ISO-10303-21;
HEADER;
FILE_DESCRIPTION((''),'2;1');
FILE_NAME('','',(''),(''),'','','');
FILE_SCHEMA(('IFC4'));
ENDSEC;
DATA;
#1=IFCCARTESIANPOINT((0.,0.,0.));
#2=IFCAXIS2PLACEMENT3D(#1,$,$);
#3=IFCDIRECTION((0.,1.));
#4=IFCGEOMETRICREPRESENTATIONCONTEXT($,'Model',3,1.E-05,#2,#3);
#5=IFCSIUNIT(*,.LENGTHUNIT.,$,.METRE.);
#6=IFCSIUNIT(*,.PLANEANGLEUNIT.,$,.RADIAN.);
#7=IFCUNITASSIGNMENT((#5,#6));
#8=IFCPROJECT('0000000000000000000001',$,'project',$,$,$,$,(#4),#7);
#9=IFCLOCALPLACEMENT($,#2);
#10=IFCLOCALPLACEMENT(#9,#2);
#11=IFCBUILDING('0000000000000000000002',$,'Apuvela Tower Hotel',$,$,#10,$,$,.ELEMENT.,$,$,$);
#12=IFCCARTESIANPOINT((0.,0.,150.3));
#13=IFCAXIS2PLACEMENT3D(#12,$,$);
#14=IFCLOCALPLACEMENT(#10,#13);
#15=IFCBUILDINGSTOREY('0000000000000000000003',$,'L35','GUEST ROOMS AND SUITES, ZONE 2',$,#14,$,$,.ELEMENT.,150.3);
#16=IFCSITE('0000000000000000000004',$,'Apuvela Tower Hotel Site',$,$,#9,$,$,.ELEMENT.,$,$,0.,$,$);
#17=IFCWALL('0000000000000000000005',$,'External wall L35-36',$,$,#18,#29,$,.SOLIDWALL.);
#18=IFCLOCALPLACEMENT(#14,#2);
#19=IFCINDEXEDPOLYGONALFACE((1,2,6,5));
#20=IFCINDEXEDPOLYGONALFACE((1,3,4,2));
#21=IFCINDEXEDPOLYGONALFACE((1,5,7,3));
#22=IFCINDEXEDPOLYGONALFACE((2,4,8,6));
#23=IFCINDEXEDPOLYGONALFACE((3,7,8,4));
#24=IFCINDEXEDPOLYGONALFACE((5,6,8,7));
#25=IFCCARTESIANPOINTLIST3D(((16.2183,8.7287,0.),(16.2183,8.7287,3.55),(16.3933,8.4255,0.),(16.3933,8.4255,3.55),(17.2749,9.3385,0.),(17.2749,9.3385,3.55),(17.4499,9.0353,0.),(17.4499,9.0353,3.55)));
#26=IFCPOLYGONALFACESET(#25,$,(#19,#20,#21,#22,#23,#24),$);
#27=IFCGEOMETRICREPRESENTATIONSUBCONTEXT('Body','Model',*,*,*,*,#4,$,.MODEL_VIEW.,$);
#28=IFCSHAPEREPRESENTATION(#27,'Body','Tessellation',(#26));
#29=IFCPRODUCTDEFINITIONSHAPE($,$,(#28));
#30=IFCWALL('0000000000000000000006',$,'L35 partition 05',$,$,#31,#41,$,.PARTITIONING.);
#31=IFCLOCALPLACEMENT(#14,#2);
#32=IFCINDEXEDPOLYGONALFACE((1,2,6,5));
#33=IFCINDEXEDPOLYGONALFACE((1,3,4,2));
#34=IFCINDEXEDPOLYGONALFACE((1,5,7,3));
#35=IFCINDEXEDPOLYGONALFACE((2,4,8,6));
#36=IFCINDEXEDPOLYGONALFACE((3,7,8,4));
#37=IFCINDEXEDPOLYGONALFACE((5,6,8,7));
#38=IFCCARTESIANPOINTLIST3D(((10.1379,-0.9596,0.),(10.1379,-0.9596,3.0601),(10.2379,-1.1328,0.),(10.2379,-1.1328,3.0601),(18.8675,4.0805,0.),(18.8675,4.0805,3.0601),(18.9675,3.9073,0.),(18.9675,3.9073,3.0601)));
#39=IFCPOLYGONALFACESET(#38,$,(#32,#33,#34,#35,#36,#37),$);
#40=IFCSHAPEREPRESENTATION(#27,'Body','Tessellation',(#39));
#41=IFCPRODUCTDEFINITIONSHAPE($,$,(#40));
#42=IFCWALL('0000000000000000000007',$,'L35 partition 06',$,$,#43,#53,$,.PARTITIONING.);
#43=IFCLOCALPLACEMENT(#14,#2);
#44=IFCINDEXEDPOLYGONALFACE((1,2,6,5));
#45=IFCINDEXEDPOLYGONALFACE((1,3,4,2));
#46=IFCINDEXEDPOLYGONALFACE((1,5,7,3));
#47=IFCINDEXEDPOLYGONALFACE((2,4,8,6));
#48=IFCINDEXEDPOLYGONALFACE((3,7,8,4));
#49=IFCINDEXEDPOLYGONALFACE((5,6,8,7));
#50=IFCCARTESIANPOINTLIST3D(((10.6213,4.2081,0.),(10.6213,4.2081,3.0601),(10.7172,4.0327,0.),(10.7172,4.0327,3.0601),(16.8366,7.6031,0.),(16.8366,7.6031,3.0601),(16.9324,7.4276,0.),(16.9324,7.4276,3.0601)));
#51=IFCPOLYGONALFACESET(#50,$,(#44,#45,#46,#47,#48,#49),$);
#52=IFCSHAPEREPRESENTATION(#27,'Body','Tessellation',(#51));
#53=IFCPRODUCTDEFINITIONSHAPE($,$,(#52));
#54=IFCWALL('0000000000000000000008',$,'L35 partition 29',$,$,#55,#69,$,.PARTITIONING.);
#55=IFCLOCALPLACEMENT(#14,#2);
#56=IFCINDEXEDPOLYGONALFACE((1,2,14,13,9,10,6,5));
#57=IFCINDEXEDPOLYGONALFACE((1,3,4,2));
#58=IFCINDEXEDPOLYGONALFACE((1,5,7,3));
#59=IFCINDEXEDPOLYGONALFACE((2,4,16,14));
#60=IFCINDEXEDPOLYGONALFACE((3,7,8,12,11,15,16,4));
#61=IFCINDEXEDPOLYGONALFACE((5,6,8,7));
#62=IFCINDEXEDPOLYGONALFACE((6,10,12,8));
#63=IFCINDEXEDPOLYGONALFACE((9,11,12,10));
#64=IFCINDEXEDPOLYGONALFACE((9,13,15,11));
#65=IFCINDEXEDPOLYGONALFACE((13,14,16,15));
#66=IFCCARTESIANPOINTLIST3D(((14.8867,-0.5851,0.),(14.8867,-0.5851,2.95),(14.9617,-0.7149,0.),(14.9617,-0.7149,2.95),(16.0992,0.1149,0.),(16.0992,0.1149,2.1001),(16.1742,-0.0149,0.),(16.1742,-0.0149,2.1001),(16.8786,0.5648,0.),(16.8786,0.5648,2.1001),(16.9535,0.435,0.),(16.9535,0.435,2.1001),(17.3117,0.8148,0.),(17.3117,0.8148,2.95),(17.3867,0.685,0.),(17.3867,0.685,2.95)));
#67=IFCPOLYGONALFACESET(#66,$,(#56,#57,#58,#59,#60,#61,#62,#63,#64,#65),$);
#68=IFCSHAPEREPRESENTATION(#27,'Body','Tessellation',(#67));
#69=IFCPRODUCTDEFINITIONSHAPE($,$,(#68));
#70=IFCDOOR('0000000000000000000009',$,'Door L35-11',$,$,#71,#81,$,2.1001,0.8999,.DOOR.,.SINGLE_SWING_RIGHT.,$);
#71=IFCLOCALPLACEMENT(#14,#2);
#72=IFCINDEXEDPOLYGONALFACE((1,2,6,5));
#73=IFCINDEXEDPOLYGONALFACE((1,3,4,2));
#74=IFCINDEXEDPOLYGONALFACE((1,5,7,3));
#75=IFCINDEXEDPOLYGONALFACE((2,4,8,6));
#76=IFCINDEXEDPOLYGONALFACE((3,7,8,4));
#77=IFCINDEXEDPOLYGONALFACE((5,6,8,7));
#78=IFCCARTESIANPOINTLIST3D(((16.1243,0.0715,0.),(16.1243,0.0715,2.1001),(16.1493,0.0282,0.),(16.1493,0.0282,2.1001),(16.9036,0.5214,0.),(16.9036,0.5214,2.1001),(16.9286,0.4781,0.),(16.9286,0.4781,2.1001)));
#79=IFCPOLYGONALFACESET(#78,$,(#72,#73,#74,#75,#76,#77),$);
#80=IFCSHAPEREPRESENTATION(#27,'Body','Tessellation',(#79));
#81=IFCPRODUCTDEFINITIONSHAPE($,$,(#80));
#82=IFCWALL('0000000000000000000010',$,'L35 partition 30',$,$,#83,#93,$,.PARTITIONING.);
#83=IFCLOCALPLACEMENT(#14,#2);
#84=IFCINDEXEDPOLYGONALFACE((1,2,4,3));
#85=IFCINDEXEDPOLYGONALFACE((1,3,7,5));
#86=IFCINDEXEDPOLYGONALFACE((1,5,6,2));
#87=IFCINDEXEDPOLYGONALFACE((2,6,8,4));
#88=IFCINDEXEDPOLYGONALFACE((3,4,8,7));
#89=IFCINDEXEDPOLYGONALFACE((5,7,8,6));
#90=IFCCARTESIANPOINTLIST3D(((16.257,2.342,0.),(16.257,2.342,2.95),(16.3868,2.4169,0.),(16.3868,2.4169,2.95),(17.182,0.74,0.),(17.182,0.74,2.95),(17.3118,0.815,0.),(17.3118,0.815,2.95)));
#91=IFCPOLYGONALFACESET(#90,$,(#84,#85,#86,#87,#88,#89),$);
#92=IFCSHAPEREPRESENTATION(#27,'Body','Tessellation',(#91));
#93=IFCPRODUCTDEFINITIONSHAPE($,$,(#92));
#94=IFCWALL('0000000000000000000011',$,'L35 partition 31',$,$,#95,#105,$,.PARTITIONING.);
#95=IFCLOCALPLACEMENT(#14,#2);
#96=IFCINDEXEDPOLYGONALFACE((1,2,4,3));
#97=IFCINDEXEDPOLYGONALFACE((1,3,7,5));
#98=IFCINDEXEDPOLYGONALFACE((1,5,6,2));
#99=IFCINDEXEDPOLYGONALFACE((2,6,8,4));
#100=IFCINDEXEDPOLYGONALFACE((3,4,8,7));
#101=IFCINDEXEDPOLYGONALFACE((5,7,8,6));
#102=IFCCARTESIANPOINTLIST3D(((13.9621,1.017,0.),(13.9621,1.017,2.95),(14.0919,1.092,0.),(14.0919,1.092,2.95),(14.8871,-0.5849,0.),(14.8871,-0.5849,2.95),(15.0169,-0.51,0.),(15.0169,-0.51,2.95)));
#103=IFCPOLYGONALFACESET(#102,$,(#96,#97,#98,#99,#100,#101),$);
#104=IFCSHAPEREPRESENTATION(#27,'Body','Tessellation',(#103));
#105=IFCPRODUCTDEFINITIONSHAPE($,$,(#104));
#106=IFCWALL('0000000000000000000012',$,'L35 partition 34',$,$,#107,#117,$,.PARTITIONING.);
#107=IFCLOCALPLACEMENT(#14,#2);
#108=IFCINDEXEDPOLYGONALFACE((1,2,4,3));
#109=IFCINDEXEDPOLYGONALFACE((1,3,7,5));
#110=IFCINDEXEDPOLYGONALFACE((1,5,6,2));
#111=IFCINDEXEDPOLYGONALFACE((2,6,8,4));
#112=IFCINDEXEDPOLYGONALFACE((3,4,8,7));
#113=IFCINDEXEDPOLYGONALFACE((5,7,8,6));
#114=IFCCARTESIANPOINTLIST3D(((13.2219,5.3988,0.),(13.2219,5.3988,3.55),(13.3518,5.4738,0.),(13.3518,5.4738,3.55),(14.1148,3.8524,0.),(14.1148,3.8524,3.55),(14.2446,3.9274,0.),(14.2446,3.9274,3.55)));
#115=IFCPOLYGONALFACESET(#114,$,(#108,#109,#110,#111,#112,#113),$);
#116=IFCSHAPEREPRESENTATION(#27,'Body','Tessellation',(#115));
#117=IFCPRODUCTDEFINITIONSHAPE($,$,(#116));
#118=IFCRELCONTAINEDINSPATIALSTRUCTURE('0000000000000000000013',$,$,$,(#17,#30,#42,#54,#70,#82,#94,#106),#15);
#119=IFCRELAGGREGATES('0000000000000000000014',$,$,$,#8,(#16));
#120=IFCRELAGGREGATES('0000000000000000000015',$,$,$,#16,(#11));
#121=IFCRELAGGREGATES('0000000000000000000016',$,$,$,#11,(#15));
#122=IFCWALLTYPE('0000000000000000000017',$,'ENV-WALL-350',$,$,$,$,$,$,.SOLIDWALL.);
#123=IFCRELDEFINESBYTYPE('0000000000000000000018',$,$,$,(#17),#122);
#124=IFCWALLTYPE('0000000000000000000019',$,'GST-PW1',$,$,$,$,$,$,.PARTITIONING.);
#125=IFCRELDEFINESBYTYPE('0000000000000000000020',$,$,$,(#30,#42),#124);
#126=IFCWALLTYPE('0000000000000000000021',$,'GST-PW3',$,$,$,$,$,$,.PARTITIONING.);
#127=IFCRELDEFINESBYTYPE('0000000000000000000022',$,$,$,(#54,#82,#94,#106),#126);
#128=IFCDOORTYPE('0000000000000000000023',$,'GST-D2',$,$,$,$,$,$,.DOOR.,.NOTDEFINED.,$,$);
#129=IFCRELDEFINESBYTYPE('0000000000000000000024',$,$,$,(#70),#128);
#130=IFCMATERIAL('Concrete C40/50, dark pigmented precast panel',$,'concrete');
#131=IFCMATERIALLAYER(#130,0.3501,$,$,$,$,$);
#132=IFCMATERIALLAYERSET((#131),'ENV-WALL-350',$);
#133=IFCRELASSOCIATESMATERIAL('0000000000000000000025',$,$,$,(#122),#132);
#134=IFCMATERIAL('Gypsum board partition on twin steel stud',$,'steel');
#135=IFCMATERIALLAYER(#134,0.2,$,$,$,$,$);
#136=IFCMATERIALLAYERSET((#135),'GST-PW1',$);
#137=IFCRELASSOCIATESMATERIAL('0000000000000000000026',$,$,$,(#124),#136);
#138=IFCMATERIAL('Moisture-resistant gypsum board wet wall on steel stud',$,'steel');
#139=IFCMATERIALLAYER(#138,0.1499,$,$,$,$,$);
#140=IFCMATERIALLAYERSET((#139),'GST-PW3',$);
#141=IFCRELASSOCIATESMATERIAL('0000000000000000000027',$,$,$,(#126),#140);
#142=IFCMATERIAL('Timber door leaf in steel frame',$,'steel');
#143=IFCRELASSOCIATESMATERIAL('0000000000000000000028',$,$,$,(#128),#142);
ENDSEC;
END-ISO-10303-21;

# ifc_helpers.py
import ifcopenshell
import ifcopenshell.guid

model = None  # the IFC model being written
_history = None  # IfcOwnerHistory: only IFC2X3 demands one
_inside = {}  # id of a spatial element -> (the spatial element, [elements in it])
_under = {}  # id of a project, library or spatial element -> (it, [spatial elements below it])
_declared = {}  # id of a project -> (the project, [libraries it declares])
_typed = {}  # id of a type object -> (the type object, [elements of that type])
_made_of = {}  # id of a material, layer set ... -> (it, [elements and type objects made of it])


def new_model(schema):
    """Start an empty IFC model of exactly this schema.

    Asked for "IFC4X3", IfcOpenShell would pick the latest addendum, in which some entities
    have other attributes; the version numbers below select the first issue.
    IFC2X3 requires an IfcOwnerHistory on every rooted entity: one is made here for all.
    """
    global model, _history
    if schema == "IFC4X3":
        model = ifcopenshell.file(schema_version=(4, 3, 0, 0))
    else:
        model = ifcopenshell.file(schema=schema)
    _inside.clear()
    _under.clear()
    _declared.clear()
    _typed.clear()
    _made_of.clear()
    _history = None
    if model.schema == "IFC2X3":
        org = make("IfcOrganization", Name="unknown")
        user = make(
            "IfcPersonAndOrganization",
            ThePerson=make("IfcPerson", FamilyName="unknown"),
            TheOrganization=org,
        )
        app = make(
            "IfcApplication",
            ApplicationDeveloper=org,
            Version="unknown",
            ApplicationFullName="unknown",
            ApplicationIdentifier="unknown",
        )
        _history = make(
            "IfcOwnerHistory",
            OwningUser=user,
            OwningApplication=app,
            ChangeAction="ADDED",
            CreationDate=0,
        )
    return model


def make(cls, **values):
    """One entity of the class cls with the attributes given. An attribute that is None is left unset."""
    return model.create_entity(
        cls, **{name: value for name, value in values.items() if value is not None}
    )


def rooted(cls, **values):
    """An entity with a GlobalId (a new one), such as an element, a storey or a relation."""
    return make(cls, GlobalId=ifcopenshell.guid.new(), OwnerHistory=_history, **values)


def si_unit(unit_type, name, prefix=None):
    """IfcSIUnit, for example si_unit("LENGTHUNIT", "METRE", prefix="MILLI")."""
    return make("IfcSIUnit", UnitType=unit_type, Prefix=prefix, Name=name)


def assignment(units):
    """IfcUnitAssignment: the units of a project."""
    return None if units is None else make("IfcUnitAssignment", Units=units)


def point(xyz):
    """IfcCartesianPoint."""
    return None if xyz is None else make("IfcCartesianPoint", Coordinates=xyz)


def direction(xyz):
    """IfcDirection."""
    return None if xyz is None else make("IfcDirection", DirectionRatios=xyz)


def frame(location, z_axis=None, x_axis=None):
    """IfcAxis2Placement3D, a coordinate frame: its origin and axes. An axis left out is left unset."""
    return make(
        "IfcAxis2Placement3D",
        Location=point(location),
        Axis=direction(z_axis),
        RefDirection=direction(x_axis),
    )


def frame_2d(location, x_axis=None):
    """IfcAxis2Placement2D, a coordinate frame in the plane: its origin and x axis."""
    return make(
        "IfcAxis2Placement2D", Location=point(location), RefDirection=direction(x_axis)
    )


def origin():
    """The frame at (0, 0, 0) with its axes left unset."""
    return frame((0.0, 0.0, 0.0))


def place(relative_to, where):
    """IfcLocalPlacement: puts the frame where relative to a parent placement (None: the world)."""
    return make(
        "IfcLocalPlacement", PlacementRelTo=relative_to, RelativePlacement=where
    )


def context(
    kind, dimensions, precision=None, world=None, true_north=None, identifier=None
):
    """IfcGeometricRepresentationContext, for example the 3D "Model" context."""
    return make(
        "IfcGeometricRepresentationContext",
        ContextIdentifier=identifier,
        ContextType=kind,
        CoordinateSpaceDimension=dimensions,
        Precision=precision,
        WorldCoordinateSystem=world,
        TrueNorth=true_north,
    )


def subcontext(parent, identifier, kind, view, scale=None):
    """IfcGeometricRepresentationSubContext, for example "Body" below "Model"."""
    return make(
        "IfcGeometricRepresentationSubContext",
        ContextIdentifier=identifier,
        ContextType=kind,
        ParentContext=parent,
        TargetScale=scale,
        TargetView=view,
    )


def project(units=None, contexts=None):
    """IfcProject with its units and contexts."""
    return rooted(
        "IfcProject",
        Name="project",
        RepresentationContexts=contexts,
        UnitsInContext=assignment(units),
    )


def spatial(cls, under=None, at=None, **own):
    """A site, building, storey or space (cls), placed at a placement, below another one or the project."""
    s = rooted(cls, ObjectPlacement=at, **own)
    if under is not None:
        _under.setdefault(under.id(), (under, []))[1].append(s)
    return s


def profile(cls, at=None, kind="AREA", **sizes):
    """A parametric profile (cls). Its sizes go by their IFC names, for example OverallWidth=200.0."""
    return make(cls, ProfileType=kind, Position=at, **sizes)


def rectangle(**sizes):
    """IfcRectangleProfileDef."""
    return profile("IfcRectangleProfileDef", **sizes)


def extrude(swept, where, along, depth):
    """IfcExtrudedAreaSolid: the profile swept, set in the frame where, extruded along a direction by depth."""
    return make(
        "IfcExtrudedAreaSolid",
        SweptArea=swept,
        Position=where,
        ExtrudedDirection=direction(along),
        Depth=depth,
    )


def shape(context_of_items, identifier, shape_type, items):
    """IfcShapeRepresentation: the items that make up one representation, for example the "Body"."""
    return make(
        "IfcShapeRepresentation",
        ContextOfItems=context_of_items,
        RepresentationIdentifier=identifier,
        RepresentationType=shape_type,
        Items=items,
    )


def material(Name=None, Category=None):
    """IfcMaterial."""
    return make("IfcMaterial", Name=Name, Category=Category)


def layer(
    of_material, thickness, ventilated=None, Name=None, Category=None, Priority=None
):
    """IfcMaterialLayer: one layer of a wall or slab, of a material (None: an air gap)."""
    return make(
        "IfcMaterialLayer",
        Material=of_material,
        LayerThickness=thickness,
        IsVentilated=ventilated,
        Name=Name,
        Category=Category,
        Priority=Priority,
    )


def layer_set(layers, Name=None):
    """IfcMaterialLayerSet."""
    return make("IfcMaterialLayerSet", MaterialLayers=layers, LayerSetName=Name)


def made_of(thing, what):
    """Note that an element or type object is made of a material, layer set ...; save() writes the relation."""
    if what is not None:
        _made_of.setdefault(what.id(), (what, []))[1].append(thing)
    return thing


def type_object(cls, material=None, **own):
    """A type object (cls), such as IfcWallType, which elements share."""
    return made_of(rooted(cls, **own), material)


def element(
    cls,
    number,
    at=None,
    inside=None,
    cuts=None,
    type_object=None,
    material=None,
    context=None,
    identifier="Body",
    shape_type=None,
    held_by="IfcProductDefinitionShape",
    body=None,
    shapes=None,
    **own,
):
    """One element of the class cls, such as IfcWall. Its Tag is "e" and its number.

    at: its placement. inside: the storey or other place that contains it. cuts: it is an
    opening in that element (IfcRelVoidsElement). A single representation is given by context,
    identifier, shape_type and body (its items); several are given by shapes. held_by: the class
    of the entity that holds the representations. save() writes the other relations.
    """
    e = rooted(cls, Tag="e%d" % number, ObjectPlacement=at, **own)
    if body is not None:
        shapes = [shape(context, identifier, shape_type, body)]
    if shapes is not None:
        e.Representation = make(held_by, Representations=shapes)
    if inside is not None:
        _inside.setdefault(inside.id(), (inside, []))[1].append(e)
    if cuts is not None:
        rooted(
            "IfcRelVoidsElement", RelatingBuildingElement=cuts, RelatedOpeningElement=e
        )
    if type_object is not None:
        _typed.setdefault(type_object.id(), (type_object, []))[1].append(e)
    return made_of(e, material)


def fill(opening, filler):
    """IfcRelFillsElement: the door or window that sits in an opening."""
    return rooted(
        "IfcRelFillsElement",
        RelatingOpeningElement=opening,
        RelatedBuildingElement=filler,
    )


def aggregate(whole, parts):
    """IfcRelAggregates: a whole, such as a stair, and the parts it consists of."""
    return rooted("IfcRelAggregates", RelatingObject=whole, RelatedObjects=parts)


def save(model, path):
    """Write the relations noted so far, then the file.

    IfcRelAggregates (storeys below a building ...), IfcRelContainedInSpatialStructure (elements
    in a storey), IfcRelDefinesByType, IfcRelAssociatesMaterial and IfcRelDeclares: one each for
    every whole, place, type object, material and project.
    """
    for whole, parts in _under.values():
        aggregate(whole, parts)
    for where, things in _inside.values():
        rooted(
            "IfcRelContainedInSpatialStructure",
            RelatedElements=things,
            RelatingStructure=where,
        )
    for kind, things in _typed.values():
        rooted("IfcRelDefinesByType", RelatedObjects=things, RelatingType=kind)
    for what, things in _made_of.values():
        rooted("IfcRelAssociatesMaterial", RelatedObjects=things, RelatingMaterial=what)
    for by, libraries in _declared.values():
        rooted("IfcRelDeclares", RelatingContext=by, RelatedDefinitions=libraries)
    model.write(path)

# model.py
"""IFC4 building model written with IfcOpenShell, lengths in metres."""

from ifc_helpers import new_model, si_unit, direction, frame, frame_2d, origin, place, context, subcontext, project, spatial, rectangle, extrude, material, layer, layer_set, type_object, element, fill, save


model = new_model("IFC4")

# Units and contexts
model_context = context("Model", 3, precision=1e-05, world=origin(), true_north=direction((0.0, 1.0)))
body_context = subcontext(model_context, "Body", "Model", "MODEL_VIEW")
ifc_project = project(units=[si_unit("LENGTHUNIT", "METRE"), si_unit("PLANEANGLEUNIT", "RADIAN")], contexts=[model_context])

# Site, building, storey
site_placement = place(None, origin())
site = spatial("IfcSite", under=ifc_project, at=site_placement, Name="Apuvela Tower Hotel Site", CompositionType="ELEMENT", RefElevation=0.0)
building_placement = place(site_placement, origin())
building = spatial("IfcBuilding", under=site, at=building_placement, Name="Apuvela Tower Hotel", CompositionType="ELEMENT")
storey_placement = place(building_placement, frame((0.0, 0.0, 150.3)))
storey = spatial("IfcBuildingStorey", under=building, at=storey_placement, Name="L35", Description="GUEST ROOMS AND SUITES, ZONE 2", CompositionType="ELEMENT", Elevation=150.3)

# Shared definitions
ifc_material_1 = material(Name="Concrete C40/50, dark pigmented precast panel", Category="concrete")
ifc_layer_1 = layer(ifc_material_1, 0.3501)
ifc_layer_set_1 = layer_set([ifc_layer_1], Name="ENV-WALL-350")
wall_type_1 = type_object("IfcWallType", Name="ENV-WALL-350", PredefinedType="SOLIDWALL", material=ifc_layer_set_1)

# Wall
wall_1_placement = place(storey_placement, frame((16.3059, 8.5771, 0.0), z_axis=(0.0, 0.0, 1.0), x_axis=(0.866092, 0.499884, 0.0)))
element("IfcWall", 1, at=wall_1_placement, inside=storey, type_object=wall_type_1, Name="External wall L35-36", PredefinedType="SOLIDWALL", context=body_context, shape_type="SweptSolid", body=[
    extrude(rectangle(XDim=1.22, YDim=0.3501, at=frame_2d((0.6099, 0.0))), origin(), (0.0, 0.0, 1.0), 3.55),
])

# Walls
ifc_material_2 = material(Name="Gypsum board partition on twin steel stud", Category="steel")
ifc_layer_2 = layer(ifc_material_2, 0.2)
ifc_layer_set_2 = layer_set([ifc_layer_2], Name="GST-PW1")
wall_type_2 = type_object("IfcWallType", Name="GST-PW1", PredefinedType="PARTITIONING", material=ifc_layer_set_2)
wall_2_placement = place(storey_placement, frame((18.9175, 3.9939, 0.0), z_axis=(0.0, 0.0, 1.0), x_axis=(-0.866023, -0.500005, 0.0)))
element("IfcWall", 2, at=wall_2_placement, inside=storey, type_object=wall_type_2, Name="L35 partition 05", PredefinedType="PARTITIONING", context=body_context, shape_type="SweptSolid", body=[
    extrude(rectangle(XDim=10.0801, YDim=0.2, at=frame_2d((5.04, 0.0))), origin(), (0.0, 0.0, 1.0), 3.0601),
])
wall_3_placement = place(storey_placement, frame((16.8845, 7.5154, 0.0), z_axis=(0.0, 0.0, 1.0), x_axis=(-0.877608, -0.479379, 0.0)))
element("IfcWall", 3, at=wall_3_placement, inside=storey, type_object=wall_type_2, Name="L35 partition 06", PredefinedType="PARTITIONING", context=body_context, shape_type="SweptSolid", body=[
    extrude(rectangle(XDim=7.082, YDim=0.2, at=frame_2d((3.541, 0.0))), origin(), (0.0, 0.0, 1.0), 3.0601),
])

# Wall, opening, door
ifc_material_3 = material(Name="Moisture-resistant gypsum board wet wall on steel stud", Category="steel")
ifc_layer_3 = layer(ifc_material_3, 0.1499)
ifc_layer_set_3 = layer_set([ifc_layer_3], Name="GST-PW3")
wall_type_3 = type_object("IfcWallType", Name="GST-PW3", PredefinedType="PARTITIONING", material=ifc_layer_set_3)
wall_4_placement = place(storey_placement, frame((14.9243, -0.6499, 0.0), z_axis=(0.0, 0.0, 1.0), x_axis=(0.866056, 0.499946, 0.0)))
wall_4 = element("IfcWall", 4, at=wall_4_placement, inside=storey, type_object=wall_type_3, Name="L35 partition 29", PredefinedType="PARTITIONING", context=body_context, shape_type="SweptSolid", body=[
    extrude(rectangle(XDim=2.8, YDim=0.1499, at=frame_2d((1.3999, 0.0))), origin(), (0.0, 0.0, 1.0), 2.95),
])
opening_1_placement = place(wall_4_placement, frame((1.3999, 0.0, 0.0)))
opening_1 = element("IfcOpeningElement", 5, at=opening_1_placement, cuts=wall_4, PredefinedType="OPENING", context=body_context, shape_type="SweptSolid", body=[
    extrude(rectangle(XDim=0.8999, YDim=2.1001, at=frame_2d((0.45, 1.05))), frame((0.0, 0.085, 0.0), z_axis=(0.0, -1.0, 0.0), x_axis=(1.0, 0.0, 0.0)), (0.0, 0.0, 1.0), 0.1699),
])
ifc_material_4 = material(Name="Timber door leaf in steel frame", Category="steel")
door_type_1 = type_object("IfcDoorType", Name="GST-D2", OperationType="NOTDEFINED", PredefinedType="DOOR", material=ifc_material_4)
door_1_placement = place(opening_1_placement, origin())
door_1 = element("IfcDoor", 6, at=door_1_placement, inside=storey, type_object=door_type_1, Name="Door L35-11", OperationType="SINGLE_SWING_RIGHT", OverallHeight=2.1001, OverallWidth=0.8999, PredefinedType="DOOR", context=body_context, shape_type="SweptSolid", body=[
    extrude(rectangle(XDim=0.8999, YDim=2.1001, at=frame_2d((0.45, 1.05))), frame((0.0, 0.0249, 0.0), z_axis=(0.0, -1.0, 0.0), x_axis=(1.0, 0.0, 0.0)), (0.0, 0.0, 1.0), 0.05),
])
fill(opening_1, door_1)

# Walls
for number, where, z_axis, x_axis, name in (
    (7, (17.2468, 0.7776, 0.0), (0.0, 0.0, 1.0), (-0.500042, 0.866001, 0.0), "L35 partition 30"),
    (8, (14.9519, -0.5474, 0.0), (0.0, 0.0, 1.0), (-0.500042, 0.866001, 0.0), "L35 partition 31"),
):
    element("IfcWall", number, at=place(storey_placement, frame(where, z_axis=z_axis, x_axis=x_axis)), inside=storey, type_object=wall_type_3, Name=name, PredefinedType="PARTITIONING", context=body_context, shape_type="SweptSolid", body=[
        extrude(rectangle(XDim=1.8499, YDim=0.1499, at=frame_2d((0.9248, 0.0))), origin(), (0.0, 0.0, 1.0), 2.95),
    ])
wall_5_placement = place(storey_placement, frame((14.1797, 3.8899, 0.0), z_axis=(0.0, 0.0, 1.0), x_axis=(-0.500007, 0.866022, 0.0)))
element("IfcWall", 9, at=wall_5_placement, inside=storey, type_object=wall_type_3, Name="L35 partition 34", PredefinedType="PARTITIONING", context=body_context, shape_type="SweptSolid", body=[
    extrude(rectangle(XDim=1.7856, YDim=0.1499, at=frame_2d((0.8928, 0.0))), origin(), (0.0, 0.0, 1.0), 3.55),
])

save(model, "model.ifc")
